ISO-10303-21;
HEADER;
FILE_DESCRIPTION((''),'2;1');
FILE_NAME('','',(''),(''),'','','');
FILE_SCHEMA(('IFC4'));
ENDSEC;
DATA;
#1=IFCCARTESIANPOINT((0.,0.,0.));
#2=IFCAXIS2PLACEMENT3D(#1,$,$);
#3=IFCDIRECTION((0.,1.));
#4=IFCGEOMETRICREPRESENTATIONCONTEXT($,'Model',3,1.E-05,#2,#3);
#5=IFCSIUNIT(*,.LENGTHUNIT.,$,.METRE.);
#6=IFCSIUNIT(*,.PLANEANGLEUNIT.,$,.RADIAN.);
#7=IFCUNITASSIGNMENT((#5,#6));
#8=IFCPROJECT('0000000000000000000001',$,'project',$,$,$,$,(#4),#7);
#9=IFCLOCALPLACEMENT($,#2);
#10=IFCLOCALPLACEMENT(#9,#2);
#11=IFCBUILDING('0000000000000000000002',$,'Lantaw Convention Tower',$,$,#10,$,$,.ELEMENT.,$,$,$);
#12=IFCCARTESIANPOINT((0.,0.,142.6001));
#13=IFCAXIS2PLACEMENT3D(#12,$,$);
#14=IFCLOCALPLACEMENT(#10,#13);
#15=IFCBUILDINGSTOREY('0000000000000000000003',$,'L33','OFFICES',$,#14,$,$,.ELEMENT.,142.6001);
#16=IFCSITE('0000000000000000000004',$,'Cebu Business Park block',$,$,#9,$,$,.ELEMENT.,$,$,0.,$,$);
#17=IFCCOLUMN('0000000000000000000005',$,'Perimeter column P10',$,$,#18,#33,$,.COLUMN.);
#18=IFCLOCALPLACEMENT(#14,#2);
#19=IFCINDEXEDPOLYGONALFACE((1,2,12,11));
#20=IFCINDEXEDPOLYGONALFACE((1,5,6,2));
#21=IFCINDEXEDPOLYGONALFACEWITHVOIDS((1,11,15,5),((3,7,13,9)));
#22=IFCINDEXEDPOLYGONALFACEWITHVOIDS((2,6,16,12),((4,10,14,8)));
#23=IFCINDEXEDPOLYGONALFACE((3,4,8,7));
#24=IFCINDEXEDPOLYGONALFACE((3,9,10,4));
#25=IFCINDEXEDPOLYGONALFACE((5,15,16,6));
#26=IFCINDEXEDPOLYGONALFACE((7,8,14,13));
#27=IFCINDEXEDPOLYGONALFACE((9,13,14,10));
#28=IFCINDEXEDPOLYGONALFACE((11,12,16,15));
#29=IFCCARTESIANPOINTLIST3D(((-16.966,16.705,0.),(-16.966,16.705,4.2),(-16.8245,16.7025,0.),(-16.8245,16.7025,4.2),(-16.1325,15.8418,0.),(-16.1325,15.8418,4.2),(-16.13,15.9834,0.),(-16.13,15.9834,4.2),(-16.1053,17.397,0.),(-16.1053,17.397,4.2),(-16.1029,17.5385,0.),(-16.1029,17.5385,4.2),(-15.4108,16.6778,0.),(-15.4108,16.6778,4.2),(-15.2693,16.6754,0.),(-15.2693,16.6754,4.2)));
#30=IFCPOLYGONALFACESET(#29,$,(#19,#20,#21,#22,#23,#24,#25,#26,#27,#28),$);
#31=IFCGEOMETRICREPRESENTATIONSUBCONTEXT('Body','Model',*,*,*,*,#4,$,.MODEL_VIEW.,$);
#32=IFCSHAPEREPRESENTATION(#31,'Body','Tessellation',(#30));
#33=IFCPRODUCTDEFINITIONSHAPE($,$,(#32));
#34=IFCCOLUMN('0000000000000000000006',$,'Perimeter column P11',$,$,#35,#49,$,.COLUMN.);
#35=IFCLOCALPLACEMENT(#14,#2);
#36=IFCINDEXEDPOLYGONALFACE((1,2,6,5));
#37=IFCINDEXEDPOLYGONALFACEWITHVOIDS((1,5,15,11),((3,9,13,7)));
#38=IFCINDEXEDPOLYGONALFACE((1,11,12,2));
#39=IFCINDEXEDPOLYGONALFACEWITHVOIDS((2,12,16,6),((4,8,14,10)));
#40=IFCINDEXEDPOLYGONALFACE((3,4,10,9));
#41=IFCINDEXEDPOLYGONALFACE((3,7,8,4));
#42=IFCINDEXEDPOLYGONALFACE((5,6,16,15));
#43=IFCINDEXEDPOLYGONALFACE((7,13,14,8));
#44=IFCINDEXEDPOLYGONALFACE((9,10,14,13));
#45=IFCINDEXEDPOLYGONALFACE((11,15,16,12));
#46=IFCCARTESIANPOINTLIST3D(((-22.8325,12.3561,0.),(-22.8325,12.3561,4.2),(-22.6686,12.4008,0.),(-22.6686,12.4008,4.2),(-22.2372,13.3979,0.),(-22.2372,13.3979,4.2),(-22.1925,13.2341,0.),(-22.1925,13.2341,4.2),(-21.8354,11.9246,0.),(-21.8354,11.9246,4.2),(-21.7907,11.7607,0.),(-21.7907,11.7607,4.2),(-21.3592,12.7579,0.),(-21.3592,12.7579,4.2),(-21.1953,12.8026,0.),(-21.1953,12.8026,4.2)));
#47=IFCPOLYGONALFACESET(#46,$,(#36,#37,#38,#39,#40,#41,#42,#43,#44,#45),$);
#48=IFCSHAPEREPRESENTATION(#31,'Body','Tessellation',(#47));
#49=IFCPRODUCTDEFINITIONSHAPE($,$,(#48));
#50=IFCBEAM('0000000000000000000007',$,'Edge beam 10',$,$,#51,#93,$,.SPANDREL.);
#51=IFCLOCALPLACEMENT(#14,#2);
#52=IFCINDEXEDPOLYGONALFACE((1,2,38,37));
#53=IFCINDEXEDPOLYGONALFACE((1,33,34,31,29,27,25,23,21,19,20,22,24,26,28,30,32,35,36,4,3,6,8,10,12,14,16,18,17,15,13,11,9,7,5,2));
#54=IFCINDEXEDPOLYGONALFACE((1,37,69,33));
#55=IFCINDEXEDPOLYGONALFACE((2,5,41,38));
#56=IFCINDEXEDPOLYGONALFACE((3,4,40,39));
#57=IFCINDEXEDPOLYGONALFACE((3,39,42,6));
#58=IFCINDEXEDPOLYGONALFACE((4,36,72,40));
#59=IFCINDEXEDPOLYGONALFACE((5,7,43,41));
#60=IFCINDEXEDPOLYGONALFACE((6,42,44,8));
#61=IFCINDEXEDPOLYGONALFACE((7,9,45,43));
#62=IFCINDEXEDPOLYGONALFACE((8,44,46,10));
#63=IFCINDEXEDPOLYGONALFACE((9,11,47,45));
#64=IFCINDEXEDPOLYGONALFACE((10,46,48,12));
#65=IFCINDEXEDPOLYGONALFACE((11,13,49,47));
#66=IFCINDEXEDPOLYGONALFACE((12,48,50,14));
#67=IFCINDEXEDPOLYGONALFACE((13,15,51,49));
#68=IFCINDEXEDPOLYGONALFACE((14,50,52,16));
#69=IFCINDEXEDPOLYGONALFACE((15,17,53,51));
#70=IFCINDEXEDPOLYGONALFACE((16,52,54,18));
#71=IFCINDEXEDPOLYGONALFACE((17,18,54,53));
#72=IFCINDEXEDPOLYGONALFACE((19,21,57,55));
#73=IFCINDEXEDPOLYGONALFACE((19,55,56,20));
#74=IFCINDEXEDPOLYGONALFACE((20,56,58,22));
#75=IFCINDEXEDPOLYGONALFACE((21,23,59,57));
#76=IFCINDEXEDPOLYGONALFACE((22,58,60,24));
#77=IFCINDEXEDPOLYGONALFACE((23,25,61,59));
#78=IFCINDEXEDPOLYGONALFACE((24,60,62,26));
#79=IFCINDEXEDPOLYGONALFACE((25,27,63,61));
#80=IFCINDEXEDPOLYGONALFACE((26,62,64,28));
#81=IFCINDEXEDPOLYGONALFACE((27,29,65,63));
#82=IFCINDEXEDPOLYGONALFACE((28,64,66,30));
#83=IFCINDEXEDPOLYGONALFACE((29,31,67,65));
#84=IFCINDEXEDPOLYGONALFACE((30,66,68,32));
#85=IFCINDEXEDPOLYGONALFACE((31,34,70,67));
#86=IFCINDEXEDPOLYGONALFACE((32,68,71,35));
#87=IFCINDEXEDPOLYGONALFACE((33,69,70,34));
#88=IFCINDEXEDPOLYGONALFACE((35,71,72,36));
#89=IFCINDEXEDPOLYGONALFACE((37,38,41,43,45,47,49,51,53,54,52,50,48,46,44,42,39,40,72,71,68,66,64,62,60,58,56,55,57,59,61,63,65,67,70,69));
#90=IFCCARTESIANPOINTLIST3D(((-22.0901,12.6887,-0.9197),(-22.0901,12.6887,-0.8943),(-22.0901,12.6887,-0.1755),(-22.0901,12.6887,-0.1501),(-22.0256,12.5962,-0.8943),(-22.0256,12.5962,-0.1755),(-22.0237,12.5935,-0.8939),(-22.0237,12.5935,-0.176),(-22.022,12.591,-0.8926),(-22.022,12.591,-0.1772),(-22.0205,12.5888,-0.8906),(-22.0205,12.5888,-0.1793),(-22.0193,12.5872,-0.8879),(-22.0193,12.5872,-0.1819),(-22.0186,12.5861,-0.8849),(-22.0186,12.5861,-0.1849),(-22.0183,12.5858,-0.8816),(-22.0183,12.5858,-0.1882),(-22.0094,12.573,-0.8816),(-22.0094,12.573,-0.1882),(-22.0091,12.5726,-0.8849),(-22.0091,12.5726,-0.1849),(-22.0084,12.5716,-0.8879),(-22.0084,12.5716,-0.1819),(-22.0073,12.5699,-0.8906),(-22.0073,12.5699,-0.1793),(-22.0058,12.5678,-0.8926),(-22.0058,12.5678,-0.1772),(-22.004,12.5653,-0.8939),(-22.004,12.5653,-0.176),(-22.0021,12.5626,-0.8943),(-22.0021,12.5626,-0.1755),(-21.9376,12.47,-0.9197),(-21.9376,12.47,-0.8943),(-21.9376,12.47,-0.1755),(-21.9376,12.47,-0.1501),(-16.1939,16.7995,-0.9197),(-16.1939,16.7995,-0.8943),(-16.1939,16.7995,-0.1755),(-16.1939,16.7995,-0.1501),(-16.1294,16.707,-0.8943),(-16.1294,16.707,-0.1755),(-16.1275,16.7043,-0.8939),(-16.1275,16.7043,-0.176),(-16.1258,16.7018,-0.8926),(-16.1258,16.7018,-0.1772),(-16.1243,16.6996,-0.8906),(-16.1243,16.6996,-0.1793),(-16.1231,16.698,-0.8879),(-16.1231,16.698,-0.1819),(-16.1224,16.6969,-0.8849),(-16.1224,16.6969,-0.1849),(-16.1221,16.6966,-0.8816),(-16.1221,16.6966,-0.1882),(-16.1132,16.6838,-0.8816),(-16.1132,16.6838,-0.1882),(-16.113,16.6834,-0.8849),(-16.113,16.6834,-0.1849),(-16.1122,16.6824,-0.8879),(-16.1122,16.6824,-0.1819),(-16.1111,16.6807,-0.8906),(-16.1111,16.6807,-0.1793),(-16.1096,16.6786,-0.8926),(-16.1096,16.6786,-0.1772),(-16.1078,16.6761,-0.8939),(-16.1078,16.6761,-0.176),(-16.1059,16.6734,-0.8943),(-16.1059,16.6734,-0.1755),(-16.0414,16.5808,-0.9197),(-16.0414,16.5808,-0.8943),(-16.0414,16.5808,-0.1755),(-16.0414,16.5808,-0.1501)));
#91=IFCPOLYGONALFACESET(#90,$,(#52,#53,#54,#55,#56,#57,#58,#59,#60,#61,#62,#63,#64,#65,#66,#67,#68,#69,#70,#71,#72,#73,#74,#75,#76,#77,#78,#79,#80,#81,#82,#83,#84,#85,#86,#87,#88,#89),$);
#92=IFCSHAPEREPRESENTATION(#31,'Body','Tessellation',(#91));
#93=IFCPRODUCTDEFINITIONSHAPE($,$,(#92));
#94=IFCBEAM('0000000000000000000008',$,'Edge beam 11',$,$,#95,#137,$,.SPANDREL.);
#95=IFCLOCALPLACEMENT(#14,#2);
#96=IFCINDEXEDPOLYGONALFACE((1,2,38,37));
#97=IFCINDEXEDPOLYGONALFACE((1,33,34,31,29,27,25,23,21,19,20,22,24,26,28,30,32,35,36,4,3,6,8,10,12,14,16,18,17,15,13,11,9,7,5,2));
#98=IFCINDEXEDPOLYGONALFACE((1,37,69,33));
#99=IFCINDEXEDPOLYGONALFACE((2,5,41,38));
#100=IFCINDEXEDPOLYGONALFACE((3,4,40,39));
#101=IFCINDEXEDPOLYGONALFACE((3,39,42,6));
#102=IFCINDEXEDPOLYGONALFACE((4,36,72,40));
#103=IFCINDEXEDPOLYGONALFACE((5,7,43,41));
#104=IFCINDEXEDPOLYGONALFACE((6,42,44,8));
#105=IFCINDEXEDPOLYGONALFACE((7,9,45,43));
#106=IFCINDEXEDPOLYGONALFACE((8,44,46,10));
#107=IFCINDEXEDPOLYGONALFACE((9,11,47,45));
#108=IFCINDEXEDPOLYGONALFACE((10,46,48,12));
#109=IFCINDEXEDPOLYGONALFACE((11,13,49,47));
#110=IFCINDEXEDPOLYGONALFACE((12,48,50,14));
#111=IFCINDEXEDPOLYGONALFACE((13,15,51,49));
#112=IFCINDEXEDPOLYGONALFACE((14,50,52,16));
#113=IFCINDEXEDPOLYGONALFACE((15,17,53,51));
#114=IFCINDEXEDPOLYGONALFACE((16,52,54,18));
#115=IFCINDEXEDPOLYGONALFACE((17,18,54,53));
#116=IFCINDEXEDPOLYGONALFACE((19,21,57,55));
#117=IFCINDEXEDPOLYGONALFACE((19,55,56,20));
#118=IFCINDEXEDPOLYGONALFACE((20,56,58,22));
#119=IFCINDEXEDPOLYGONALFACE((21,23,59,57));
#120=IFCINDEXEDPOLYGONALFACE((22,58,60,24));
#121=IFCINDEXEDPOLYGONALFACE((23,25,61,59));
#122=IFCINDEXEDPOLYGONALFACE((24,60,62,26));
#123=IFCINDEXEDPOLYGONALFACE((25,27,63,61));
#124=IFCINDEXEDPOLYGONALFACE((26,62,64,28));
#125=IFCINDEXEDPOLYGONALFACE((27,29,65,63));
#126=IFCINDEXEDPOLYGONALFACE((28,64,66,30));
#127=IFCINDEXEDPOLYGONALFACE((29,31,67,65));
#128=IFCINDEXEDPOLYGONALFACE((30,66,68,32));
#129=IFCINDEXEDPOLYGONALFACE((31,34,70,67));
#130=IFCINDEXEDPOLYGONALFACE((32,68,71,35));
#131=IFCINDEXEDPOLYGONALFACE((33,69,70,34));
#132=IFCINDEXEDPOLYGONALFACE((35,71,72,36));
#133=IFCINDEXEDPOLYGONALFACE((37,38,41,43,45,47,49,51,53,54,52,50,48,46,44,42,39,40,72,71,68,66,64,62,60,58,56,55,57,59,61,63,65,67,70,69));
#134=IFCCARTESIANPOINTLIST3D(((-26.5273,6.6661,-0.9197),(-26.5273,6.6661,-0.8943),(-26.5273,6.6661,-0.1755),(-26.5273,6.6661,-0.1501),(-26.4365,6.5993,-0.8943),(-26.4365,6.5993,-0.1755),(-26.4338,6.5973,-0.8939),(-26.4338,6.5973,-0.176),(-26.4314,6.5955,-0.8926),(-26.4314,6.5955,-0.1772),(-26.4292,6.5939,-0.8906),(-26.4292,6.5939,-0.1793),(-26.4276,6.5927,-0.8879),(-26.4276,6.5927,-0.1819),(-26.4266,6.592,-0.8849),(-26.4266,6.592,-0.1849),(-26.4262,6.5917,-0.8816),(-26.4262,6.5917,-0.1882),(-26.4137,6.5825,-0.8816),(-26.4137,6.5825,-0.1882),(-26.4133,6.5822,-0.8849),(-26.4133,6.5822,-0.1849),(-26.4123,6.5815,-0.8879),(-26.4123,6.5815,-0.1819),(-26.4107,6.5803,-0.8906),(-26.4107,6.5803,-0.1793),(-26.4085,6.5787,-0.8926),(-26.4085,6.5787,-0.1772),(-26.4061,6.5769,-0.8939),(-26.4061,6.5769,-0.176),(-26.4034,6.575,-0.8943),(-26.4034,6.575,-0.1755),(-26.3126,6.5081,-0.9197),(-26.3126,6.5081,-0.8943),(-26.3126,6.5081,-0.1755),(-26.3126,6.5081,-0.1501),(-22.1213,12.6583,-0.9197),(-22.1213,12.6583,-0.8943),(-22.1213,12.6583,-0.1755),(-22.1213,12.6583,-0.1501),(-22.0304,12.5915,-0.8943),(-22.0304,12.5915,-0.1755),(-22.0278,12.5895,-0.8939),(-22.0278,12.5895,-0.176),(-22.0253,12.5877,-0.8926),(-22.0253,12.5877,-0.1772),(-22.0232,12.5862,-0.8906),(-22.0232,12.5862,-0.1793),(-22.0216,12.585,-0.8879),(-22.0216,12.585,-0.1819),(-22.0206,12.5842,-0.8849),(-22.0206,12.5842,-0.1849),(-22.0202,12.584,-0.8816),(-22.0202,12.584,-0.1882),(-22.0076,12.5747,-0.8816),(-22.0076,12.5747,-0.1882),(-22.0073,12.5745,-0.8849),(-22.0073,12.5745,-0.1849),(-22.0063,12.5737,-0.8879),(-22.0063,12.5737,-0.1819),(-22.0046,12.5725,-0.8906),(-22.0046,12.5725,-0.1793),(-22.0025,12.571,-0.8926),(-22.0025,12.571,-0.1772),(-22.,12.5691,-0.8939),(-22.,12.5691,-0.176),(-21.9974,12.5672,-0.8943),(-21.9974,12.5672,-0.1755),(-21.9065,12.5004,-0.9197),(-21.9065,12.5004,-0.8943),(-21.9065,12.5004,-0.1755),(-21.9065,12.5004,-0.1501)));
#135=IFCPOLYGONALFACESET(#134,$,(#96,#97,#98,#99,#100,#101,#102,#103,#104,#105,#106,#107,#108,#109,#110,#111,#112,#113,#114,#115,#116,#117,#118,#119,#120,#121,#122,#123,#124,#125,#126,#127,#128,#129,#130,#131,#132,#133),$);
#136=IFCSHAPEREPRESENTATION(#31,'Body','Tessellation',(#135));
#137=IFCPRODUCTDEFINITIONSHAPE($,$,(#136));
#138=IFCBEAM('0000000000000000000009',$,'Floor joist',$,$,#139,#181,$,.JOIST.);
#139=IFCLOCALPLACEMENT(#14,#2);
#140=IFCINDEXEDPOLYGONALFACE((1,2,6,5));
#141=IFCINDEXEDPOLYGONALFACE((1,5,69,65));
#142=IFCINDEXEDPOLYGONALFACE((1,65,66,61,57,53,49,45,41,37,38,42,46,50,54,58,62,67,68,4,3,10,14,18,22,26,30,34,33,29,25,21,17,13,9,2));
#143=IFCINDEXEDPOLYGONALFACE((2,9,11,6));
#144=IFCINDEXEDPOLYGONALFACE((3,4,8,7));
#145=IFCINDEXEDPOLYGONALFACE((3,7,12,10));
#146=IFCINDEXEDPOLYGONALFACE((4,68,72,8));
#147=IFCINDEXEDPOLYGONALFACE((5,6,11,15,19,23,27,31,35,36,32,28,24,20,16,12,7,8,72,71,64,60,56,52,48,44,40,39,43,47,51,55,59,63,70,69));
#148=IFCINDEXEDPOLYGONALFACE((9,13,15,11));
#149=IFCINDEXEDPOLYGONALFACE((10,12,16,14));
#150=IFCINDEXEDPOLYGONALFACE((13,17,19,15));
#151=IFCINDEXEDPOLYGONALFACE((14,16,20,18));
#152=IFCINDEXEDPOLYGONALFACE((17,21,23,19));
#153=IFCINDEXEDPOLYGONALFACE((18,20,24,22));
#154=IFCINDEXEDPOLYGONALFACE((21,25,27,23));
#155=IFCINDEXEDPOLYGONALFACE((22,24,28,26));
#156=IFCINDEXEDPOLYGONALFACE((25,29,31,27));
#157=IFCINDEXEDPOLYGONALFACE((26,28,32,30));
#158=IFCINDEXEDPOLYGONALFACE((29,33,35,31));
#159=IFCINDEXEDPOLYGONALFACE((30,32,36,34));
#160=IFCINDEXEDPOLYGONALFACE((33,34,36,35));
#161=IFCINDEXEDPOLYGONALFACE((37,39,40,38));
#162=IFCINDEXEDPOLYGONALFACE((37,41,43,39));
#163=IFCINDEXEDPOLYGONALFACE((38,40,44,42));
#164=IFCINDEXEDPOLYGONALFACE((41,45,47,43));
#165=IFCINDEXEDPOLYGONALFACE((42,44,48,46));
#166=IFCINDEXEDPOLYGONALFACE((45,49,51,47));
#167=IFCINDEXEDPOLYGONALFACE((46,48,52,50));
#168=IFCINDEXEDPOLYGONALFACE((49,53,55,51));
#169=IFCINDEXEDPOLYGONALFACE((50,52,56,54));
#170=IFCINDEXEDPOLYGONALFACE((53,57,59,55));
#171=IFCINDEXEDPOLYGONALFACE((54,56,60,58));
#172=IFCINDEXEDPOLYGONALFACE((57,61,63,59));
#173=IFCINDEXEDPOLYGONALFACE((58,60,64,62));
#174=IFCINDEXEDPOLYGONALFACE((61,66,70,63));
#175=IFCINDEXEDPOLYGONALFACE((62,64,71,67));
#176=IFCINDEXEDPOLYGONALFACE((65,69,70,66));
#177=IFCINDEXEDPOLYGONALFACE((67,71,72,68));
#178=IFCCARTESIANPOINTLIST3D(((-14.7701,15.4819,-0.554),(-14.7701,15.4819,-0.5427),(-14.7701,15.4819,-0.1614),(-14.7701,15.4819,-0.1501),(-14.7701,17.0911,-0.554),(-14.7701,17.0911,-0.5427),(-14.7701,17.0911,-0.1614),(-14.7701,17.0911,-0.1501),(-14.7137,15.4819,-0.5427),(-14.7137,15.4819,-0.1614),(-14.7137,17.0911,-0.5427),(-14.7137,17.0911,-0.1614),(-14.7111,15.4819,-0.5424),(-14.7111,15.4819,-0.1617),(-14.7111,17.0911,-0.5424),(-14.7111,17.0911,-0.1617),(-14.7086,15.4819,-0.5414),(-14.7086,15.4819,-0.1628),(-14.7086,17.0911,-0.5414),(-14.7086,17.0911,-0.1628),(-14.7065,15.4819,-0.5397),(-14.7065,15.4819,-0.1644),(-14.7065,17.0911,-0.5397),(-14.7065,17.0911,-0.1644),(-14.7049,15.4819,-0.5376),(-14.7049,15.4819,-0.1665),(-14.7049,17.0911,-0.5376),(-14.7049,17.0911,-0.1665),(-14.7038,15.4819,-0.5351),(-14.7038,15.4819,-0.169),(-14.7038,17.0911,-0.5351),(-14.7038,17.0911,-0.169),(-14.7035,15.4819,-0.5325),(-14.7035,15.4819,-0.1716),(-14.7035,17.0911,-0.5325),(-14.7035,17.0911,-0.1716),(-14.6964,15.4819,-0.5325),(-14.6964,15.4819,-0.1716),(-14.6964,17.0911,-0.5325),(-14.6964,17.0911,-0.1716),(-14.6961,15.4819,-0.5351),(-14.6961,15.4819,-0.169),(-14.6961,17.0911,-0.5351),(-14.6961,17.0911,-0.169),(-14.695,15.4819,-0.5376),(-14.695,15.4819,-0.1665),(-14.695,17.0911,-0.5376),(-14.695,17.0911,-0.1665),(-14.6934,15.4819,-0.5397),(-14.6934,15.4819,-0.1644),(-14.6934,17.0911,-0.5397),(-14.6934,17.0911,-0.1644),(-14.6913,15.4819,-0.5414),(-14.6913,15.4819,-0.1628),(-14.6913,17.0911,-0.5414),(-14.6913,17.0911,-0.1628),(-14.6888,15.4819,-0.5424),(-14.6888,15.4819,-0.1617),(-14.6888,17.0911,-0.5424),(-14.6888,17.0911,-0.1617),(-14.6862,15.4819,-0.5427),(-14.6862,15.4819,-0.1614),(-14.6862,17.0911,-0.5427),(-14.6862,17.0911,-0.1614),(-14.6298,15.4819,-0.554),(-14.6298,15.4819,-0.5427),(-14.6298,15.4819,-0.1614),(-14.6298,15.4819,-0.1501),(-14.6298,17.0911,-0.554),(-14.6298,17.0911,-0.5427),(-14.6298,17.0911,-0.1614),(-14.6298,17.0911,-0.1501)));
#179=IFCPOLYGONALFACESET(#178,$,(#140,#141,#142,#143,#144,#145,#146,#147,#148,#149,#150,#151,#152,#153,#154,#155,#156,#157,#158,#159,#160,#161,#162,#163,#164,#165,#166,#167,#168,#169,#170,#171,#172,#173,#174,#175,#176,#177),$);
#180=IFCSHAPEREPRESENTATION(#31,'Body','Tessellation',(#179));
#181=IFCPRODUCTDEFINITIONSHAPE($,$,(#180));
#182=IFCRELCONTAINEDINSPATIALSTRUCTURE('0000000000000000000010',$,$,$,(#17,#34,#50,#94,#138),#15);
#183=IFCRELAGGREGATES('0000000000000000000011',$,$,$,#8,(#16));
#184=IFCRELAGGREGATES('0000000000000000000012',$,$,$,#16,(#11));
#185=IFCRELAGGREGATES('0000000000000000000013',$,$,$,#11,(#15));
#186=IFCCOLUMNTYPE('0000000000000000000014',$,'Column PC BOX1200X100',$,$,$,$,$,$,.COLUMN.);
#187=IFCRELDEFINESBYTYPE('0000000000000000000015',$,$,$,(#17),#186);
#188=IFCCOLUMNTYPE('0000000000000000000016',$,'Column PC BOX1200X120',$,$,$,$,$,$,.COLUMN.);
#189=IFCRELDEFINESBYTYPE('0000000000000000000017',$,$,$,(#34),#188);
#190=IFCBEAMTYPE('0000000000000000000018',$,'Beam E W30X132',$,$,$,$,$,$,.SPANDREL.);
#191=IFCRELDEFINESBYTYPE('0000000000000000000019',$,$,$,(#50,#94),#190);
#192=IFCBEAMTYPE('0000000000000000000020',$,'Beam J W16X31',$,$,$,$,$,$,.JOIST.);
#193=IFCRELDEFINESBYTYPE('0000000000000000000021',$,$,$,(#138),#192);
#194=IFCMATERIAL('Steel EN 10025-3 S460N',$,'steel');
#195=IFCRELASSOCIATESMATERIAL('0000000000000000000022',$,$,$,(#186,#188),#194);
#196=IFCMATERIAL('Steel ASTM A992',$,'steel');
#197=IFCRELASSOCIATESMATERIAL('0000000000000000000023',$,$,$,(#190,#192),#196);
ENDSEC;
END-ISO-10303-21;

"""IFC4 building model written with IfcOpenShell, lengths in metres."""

from ifc_helpers import new_model, si_unit, direction, frame, origin, origin_2d, place, context, subcontext, project, spatial, rectangle, hollow_rectangle, i_section, extrude, material, material_profile, profile_set, type_object, element, save


model = new_model("IFC4")

# Units and contexts
model_context = context("Model", 3, precision=1e-05, world=origin(), true_north=direction((0.0, 1.0)))
body_context = subcontext(model_context, "Body", "Model", "MODEL_VIEW")
ifc_project = project(units=[si_unit("LENGTHUNIT", "METRE"), si_unit("PLANEANGLEUNIT", "RADIAN")], contexts=[model_context])

# Site, building, storey
site_placement = place(None, origin())
site = spatial("IfcSite", under=ifc_project, at=site_placement, Name="Cebu Business Park block", CompositionType="ELEMENT", RefElevation=0.0)
building_placement = place(site_placement, origin())
building = spatial("IfcBuilding", under=site, at=building_placement, Name="Lantaw Convention Tower", CompositionType="ELEMENT")
storey_placement = place(building_placement, frame((0.0, 0.0, 142.6001)))
storey = spatial("IfcBuildingStorey", under=building, at=storey_placement, Name="L33", Description="OFFICES", CompositionType="ELEMENT", Elevation=142.6001)

# Columns
ifc_material_1 = material(Name="Steel EN 10025-3 S460N", Category="steel")
ifc_material_profile_1 = material_profile(ifc_material_1, hollow_rectangle(XDim=1.2, YDim=1.2, WallThickness=0.1001, at=origin_2d()), Name="BOX1200X100")
ifc_material_2 = material(Name="Concrete C60/75", Category="concrete")
ifc_material_profile_2 = material_profile(ifc_material_2, rectangle(XDim=1.0, YDim=1.0, at=origin_2d()), Name="Concrete fill of BOX1200X100")
ifc_profile_set_1 = profile_set([ifc_material_profile_1, ifc_material_profile_2], Name="Steel EN 10025-3 S460N")
column_type_1 = type_object("IfcColumnType", Name="Column PC BOX1200X100", PredefinedType="COLUMN", material=ifc_profile_set_1)
column_1_placement = place(storey_placement, frame((-16.1177, 16.6902, 0.0), z_axis=(0.0, 0.0, 1.0), x_axis=(0.71934, 0.694658, 0.0)))
element("IfcColumn", 1, at=column_1_placement, inside=storey, type_object=column_type_1, Name="Perimeter column P10", PredefinedType="COLUMN", context=body_context, shape_type="SweptSolid", body=[
    extrude(hollow_rectangle(XDim=1.2, YDim=1.2, WallThickness=0.1001, at=origin_2d()), origin(), (0.0, 0.0, 1.0), 4.2),
])
ifc_material_profile_3 = material_profile(ifc_material_1, hollow_rectangle(XDim=1.2, YDim=1.2, WallThickness=0.1201, at=origin_2d()), Name="BOX1200X120")
ifc_material_profile_4 = material_profile(ifc_material_2, rectangle(XDim=0.96, YDim=0.96, at=origin_2d()), Name="Concrete fill of BOX1200X120")
ifc_profile_set_2 = profile_set([ifc_material_profile_3, ifc_material_profile_4], Name="Steel EN 10025-3 S460N")
column_type_2 = type_object("IfcColumnType", Name="Column PC BOX1200X120", PredefinedType="COLUMN", material=ifc_profile_set_2)
column_2_placement = place(storey_placement, frame((-22.0139, 12.5793, 0.0), z_axis=(0.0, 0.0, 1.0), x_axis=(0.496139, 0.868243, 0.0)))
element("IfcColumn", 2, at=column_2_placement, inside=storey, type_object=column_type_2, Name="Perimeter column P11", PredefinedType="COLUMN", context=body_context, shape_type="SweptSolid", body=[
    extrude(hollow_rectangle(XDim=1.2, YDim=1.2, WallThickness=0.1201, at=origin_2d()), origin(), (0.0, 0.0, 1.0), 4.2),
])

# Beams
ifc_material_3 = material(Name="Steel ASTM A992", Category="steel")
ifc_material_profile_5 = material_profile(ifc_material_3, i_section(OverallWidth=0.2666, OverallDepth=0.7695, WebThickness=0.0156, FlangeThickness=0.0254, FilletRadius=0.0127, at=origin_2d()), Name="W30X132")
ifc_profile_set_3 = profile_set([ifc_material_profile_5], Name="Steel ASTM A992")
beam_type_1 = type_object("IfcBeamType", Name="Beam E W30X132", PredefinedType="SPANDREL", material=ifc_profile_set_3)
beam_1_placement = place(storey_placement, frame((-16.1177, 16.6902, -0.5349), z_axis=(-0.820311, -0.571918, 0.0), x_axis=(0.571918, -0.820311, 0.0)))
element("IfcBeam", 3, at=beam_1_placement, inside=storey, type_object=beam_type_1, Name="Edge beam 10", PredefinedType="SPANDREL", context=body_context, shape_type="SweptSolid", body=[
    extrude(i_section(OverallWidth=0.2666, OverallDepth=0.7695, WebThickness=0.0156, FlangeThickness=0.0254, FilletRadius=0.0127, at=origin_2d()), origin(), (0.0, 0.0, 1.0), 7.1877),
])
beam_2_placement = place(storey_placement, frame((-22.0139, 12.5793, -0.5349), z_axis=(-0.592389, -0.805652, 0.0), x_axis=(0.805652, -0.592389, 0.0)))
element("IfcBeam", 4, at=beam_2_placement, inside=storey, type_object=beam_type_1, Name="Edge beam 11", PredefinedType="SPANDREL", context=body_context, shape_type="SweptSolid", body=[
    extrude(i_section(OverallWidth=0.2666, OverallDepth=0.7695, WebThickness=0.0156, FlangeThickness=0.0254, FilletRadius=0.0127, at=origin_2d()), origin(), (0.0, 0.0, 1.0), 7.4377),
])
ifc_material_profile_6 = material_profile(ifc_material_3, i_section(OverallWidth=0.1404, OverallDepth=0.4038, WebThickness=0.0071, FlangeThickness=0.0112, FilletRadius=0.0103, at=origin_2d()), Name="W16X31")
ifc_profile_set_4 = profile_set([ifc_material_profile_6], Name="Steel ASTM A992")
beam_type_2 = type_object("IfcBeamType", Name="Beam J W16X31", PredefinedType="JOIST", material=ifc_profile_set_4)
beam_3_placement = place(storey_placement, frame((-14.7, 15.4819, -0.3521), z_axis=(0.0, 1.0, 0.0), x_axis=(-1.0, 0.0, 0.0)))
element("IfcBeam", 5, at=beam_3_placement, inside=storey, type_object=beam_type_2, Name="Floor joist", PredefinedType="JOIST", context=body_context, shape_type="SweptSolid", body=[
    extrude(i_section(OverallWidth=0.1404, OverallDepth=0.4038, WebThickness=0.0071, FlangeThickness=0.0112, FilletRadius=0.0103, at=origin_2d()), origin(), (0.0, 0.0, 1.0), 1.6091),
])

save(model, "model.ifc")
